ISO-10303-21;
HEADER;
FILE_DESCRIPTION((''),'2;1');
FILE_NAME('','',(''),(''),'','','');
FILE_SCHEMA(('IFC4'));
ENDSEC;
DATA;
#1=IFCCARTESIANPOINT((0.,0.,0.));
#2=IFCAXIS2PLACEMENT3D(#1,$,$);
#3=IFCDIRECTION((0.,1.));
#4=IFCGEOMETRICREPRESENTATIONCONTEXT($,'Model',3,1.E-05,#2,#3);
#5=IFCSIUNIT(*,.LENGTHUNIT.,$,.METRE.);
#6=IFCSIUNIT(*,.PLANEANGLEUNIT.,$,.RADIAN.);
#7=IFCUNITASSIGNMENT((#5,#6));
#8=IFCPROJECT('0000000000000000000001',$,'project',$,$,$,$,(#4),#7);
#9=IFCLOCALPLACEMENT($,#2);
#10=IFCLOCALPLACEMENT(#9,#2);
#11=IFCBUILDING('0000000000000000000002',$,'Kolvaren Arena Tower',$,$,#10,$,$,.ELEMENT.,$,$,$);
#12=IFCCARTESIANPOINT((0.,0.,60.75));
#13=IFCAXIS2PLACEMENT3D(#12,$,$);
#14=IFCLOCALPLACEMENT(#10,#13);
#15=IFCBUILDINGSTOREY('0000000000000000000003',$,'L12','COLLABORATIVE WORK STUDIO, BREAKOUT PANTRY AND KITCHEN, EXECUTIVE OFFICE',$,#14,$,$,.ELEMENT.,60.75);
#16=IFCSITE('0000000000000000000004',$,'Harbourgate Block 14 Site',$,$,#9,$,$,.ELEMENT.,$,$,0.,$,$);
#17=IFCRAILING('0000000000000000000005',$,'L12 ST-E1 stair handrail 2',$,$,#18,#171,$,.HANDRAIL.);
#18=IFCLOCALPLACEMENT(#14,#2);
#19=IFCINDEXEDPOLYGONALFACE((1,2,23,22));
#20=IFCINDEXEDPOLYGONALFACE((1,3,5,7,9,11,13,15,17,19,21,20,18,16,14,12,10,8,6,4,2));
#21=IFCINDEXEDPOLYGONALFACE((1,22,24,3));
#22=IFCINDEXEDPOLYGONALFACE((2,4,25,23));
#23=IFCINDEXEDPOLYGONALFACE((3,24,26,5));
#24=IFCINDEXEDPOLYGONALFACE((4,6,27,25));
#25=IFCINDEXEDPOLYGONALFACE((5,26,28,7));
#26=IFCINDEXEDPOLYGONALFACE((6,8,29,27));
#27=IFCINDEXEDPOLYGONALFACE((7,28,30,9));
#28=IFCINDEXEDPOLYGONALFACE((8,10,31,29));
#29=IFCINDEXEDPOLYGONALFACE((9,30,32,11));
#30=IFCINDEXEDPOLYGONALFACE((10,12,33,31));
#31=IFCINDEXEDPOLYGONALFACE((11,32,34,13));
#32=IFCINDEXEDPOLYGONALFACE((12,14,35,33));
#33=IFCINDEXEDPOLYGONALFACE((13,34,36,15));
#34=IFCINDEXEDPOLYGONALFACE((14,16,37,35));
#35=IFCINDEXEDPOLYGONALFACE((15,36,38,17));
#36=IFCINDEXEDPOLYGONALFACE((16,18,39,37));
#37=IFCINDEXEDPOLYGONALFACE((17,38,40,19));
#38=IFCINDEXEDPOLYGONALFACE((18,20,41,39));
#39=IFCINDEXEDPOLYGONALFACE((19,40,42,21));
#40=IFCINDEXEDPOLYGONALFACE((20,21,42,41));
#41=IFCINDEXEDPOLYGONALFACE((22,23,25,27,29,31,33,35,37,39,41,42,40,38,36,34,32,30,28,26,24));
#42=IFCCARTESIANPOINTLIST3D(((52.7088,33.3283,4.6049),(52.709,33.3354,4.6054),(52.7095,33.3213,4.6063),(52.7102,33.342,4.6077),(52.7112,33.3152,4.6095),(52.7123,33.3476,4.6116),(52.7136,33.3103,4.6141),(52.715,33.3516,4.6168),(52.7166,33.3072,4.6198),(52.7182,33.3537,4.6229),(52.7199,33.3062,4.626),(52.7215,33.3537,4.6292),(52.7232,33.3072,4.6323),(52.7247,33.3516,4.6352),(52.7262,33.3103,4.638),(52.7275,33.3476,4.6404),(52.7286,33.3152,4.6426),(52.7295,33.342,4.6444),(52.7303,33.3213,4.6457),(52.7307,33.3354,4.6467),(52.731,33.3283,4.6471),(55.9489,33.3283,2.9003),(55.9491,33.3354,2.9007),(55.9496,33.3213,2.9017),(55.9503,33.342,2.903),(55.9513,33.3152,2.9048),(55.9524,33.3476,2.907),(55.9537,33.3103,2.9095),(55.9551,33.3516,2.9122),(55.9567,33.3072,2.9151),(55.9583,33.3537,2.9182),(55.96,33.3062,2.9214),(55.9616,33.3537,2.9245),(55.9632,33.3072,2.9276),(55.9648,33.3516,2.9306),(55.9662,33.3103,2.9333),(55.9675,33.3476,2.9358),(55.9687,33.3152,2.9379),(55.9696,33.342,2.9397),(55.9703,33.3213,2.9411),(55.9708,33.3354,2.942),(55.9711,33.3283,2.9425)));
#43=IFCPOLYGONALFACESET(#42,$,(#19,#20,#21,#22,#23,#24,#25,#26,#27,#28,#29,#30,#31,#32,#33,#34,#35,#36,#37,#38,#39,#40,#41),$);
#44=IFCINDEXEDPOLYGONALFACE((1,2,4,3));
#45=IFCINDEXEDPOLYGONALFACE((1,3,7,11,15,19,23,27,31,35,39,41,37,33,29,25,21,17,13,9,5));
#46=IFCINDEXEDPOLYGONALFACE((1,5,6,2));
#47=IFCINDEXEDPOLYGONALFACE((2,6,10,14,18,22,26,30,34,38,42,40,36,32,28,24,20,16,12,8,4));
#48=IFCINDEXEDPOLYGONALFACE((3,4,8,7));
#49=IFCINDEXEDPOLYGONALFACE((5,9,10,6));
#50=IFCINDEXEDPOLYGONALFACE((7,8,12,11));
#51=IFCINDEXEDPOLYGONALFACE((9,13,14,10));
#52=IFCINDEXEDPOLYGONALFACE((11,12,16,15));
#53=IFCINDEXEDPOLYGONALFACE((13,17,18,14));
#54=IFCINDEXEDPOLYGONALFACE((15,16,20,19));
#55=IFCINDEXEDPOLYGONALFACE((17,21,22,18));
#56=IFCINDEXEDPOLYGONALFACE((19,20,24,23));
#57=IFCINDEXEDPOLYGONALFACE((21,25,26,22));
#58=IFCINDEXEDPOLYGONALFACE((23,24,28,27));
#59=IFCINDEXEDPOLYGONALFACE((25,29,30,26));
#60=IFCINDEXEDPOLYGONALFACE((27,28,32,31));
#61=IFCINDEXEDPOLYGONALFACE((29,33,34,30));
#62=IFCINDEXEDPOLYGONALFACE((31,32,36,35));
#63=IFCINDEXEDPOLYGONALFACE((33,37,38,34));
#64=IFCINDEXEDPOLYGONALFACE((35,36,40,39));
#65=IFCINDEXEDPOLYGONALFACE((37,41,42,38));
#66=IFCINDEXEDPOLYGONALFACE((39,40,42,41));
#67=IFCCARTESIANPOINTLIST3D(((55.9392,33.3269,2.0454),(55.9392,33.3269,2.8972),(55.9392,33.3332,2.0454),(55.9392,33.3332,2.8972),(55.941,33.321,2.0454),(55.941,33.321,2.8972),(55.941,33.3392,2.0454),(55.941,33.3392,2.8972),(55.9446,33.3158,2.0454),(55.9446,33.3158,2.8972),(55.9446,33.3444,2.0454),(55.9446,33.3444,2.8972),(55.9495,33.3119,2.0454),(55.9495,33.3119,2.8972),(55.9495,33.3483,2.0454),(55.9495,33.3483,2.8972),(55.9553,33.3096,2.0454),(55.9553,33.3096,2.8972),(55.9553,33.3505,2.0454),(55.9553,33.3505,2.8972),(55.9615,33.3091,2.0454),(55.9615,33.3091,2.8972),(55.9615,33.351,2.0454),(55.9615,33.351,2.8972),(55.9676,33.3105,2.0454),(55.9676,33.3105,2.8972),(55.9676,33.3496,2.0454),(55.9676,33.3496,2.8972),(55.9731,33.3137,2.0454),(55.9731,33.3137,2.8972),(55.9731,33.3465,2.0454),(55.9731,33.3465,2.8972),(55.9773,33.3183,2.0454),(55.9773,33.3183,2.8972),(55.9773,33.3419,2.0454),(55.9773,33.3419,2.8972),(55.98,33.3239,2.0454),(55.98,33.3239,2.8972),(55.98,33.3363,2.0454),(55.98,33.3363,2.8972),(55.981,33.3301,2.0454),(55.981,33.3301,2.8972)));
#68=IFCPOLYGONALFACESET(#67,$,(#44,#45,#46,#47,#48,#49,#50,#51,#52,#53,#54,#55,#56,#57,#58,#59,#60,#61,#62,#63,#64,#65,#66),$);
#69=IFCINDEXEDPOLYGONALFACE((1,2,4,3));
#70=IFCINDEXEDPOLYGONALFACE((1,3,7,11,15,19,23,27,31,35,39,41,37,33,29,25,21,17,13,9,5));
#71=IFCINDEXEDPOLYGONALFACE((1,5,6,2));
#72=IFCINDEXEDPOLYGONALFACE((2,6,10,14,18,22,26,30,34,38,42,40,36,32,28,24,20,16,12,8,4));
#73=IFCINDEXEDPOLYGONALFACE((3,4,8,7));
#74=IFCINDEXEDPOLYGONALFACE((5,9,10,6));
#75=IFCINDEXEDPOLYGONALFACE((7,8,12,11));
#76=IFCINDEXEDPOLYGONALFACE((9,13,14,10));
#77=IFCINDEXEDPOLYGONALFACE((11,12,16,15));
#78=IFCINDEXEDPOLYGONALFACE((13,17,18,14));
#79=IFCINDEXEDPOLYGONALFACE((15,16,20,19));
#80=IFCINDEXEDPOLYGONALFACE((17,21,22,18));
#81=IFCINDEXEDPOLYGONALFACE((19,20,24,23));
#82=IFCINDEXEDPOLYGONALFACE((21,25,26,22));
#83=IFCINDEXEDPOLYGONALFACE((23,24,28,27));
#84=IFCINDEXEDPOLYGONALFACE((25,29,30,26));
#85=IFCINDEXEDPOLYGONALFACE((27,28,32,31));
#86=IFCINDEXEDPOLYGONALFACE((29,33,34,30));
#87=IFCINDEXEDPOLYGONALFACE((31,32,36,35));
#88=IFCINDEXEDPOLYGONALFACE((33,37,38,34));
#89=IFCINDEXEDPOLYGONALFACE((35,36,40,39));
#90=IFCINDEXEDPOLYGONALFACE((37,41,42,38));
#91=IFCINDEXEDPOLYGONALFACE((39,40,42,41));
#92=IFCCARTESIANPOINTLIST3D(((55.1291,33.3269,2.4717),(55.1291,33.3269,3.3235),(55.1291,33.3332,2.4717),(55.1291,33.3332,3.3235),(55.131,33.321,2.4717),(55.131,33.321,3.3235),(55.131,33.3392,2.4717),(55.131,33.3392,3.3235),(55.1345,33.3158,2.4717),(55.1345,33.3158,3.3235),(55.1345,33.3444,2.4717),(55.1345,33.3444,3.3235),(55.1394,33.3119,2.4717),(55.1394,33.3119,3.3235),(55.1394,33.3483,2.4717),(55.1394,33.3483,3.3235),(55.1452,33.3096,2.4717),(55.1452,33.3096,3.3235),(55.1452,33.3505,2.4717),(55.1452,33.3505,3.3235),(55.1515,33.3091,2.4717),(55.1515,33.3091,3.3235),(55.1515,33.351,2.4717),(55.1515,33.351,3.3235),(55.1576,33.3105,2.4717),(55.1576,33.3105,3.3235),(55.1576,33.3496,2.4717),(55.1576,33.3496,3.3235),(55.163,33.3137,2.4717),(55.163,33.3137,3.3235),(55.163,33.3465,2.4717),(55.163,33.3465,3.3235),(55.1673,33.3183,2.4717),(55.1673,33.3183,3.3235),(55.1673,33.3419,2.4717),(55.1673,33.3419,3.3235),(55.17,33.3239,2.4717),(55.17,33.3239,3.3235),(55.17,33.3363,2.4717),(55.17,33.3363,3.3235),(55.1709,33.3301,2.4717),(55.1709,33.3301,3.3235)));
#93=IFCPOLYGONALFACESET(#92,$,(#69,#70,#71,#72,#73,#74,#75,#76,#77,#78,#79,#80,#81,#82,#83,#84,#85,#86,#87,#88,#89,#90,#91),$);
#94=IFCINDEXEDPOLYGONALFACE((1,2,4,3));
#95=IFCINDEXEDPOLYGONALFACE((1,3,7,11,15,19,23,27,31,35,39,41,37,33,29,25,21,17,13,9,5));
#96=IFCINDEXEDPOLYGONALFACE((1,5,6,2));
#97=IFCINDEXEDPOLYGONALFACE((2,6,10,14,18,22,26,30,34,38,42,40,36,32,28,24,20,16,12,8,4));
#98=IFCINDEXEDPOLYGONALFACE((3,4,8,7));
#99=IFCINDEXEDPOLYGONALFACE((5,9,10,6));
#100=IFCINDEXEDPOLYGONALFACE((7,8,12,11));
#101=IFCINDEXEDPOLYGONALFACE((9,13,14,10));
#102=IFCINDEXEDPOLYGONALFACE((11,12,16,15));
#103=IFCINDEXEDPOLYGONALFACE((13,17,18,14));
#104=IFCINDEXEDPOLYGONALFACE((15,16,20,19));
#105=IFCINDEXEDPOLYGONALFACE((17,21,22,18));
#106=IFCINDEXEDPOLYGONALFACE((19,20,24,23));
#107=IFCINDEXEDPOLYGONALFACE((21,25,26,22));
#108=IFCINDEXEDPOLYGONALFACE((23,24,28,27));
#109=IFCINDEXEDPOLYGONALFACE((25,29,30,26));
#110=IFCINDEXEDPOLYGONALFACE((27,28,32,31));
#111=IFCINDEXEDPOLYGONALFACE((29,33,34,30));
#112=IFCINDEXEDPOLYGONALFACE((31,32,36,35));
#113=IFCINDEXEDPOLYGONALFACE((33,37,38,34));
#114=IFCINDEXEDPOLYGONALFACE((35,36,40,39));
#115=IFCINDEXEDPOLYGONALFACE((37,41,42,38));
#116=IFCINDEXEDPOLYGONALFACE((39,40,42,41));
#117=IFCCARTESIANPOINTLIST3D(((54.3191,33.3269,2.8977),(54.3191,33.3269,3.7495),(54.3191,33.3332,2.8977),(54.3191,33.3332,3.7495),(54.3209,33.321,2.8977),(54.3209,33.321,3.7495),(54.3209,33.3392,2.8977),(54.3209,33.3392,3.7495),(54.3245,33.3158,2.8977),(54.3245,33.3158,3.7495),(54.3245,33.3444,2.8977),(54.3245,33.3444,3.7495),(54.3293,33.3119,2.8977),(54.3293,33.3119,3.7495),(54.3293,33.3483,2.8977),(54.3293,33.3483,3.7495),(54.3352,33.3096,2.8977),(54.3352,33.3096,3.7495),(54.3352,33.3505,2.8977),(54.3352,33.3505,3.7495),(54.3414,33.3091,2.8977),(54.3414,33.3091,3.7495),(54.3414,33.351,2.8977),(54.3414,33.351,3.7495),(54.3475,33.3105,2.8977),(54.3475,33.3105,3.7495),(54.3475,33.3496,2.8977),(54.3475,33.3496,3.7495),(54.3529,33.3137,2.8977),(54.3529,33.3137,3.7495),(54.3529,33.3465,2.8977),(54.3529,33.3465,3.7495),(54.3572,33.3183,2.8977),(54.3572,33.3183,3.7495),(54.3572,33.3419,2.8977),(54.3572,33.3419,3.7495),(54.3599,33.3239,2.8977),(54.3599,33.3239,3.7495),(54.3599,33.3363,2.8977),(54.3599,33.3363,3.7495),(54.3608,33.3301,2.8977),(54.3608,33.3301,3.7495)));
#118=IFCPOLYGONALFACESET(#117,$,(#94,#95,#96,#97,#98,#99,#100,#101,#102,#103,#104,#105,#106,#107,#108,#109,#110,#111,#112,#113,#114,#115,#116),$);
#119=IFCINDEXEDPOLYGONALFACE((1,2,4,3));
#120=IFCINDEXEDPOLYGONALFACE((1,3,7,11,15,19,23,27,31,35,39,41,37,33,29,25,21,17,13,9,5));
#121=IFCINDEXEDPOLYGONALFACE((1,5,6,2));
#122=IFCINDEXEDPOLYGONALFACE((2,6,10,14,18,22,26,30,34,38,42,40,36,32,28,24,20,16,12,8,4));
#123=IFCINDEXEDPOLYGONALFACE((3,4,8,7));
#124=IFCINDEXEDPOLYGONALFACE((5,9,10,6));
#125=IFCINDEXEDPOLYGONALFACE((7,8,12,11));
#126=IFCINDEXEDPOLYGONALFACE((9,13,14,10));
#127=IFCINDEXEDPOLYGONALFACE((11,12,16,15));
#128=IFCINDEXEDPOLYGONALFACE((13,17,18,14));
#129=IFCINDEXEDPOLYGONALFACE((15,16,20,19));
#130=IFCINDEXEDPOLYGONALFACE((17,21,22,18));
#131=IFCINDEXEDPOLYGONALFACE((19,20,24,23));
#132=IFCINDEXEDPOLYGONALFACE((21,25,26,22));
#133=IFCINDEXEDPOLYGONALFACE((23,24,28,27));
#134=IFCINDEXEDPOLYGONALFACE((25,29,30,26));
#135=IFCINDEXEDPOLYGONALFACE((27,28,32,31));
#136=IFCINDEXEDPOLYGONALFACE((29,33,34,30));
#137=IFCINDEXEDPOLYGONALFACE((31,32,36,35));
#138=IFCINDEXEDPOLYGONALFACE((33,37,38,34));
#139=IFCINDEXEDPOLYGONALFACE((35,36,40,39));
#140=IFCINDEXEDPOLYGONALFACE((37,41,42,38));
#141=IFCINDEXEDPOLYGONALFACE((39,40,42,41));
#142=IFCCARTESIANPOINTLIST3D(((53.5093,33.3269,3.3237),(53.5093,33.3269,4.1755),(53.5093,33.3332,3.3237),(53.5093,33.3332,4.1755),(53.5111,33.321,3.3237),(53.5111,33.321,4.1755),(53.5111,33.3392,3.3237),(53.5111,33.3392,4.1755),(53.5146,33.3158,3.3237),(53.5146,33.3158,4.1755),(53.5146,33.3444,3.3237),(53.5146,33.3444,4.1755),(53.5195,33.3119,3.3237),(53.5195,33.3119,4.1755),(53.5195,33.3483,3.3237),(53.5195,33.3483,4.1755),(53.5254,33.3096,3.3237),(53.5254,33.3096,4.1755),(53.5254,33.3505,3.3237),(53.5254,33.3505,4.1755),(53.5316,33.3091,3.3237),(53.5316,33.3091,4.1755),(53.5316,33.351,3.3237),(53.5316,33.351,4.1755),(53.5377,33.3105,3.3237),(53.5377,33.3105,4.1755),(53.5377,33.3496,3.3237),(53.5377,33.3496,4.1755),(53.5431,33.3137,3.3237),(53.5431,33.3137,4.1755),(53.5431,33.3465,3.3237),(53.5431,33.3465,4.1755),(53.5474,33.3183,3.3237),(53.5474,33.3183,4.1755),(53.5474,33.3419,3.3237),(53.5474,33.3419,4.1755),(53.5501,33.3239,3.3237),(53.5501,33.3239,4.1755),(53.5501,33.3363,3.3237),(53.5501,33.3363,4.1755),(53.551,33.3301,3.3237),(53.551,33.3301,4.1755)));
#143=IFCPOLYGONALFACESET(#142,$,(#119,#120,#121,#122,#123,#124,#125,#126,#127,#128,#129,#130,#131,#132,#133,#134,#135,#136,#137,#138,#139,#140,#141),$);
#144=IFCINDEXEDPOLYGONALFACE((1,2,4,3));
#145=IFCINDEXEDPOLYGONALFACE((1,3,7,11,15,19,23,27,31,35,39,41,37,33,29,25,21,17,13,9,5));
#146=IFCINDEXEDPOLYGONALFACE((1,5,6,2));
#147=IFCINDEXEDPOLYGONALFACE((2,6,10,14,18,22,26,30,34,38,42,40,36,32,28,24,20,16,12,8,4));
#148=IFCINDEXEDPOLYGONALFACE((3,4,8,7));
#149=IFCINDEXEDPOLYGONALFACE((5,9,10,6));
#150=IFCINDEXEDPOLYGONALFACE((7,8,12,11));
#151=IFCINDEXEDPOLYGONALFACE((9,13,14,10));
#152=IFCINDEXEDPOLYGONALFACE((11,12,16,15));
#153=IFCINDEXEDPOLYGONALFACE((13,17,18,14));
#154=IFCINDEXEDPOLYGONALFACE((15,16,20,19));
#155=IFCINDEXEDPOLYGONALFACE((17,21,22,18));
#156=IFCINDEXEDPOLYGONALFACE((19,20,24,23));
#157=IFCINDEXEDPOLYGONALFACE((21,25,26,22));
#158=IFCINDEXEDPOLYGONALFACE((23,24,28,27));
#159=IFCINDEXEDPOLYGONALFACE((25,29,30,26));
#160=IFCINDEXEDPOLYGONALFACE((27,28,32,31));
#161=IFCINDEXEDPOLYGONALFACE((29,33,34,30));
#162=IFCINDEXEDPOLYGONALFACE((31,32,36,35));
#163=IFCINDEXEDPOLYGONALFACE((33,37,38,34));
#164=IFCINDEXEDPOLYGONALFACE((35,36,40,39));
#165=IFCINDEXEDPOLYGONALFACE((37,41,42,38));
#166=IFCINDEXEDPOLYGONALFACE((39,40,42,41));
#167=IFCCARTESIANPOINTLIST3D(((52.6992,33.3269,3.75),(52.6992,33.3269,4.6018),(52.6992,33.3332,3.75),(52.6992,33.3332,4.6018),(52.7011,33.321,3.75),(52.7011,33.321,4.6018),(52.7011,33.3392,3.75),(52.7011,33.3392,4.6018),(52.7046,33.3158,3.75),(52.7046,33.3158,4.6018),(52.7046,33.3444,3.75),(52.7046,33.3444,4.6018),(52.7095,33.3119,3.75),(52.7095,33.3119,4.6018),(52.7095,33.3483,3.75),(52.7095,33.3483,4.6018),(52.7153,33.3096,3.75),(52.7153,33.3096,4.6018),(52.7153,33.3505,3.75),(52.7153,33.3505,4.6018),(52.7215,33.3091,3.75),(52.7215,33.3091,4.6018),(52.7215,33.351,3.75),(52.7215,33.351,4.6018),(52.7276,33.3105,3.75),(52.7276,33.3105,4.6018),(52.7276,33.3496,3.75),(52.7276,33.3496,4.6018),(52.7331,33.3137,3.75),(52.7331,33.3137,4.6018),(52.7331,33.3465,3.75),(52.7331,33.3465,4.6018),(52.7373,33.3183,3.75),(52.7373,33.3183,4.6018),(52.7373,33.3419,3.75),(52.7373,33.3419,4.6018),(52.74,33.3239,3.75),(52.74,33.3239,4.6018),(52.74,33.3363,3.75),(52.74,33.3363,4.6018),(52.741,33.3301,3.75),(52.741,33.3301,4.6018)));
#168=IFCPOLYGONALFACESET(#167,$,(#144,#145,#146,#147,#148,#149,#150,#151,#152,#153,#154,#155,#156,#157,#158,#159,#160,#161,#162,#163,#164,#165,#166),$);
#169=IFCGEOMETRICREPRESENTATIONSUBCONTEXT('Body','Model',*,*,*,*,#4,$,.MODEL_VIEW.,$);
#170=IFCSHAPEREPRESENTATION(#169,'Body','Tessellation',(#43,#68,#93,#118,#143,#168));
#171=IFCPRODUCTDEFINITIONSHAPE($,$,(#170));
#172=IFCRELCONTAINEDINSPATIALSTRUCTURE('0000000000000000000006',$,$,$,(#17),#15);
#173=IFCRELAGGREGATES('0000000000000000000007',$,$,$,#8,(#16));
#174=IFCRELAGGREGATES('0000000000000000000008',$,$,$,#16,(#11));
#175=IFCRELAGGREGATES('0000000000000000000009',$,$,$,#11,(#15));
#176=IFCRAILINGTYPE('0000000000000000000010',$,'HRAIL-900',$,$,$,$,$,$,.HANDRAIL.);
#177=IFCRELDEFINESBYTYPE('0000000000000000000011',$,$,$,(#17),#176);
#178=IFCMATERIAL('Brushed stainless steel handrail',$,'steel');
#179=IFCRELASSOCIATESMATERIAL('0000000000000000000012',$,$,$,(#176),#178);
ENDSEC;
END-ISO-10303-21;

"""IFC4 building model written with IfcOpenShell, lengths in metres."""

from ifc_helpers import new_model, si_unit, direction, frame, origin, origin_2d, place, context, subcontext, project, spatial, circle, extrude, material, type_object, element, save


model = new_model("IFC4")

# Units and contexts
model_context = context("Model", 3, precision=1e-05, world=origin(), true_north=direction((0.0, 1.0)))
body_context = subcontext(model_context, "Body", "Model", "MODEL_VIEW")
ifc_project = project(units=[si_unit("LENGTHUNIT", "METRE"), si_unit("PLANEANGLEUNIT", "RADIAN")], contexts=[model_context])

# Site, building, storey
site_placement = place(None, origin())
site = spatial("IfcSite", under=ifc_project, at=site_placement, Name="Harbourgate Block 14 Site", CompositionType="ELEMENT", RefElevation=0.0)
building_placement = place(site_placement, origin())
building = spatial("IfcBuilding", under=site, at=building_placement, Name="Kolvaren Arena Tower", CompositionType="ELEMENT")
storey_placement = place(building_placement, frame((0.0, 0.0, 60.75)))
storey = spatial("IfcBuildingStorey", under=building, at=storey_placement, Name="L12", Description="COLLABORATIVE WORK STUDIO, BREAKOUT PANTRY AND KITCHEN, EXECUTIVE OFFICE", CompositionType="ELEMENT", Elevation=60.75)

# Railing
ifc_material_1 = material(Name="Brushed stainless steel handrail", Category="steel")
railing_type_1 = type_object("IfcRailingType", Name="HRAIL-900", PredefinedType="HANDRAIL", material=ifc_material_1)
railing_1_placement = place(storey_placement, frame((55.96, 33.3301, 2.0454)))
element("IfcRailing", 1, at=railing_1_placement, inside=storey, type_object=railing_type_1, Name="L12 ST-E1 stair handrail 2", PredefinedType="HANDRAIL", context=body_context, shape_type="SweptSolid", body=[
    extrude(circle(Radius=0.0239, at=origin_2d()), frame((0.0, 0.0, 0.876), z_axis=(-0.884993, 0.0, 0.465604), x_axis=(0.0, -1.0, 0.0)), (0.0, 0.0, 1.0), 3.6611),
    extrude(circle(Radius=0.021, at=origin_2d()), origin(), (0.0, 0.0, 1.0), 0.8518),
    extrude(circle(Radius=0.021, at=origin_2d()), frame((-0.8101, 0.0, 0.4263)), (0.0, 0.0, 1.0), 0.8518),
    extrude(circle(Radius=0.021, at=origin_2d()), frame((-1.6201, 0.0, 0.8523)), (0.0, 0.0, 1.0), 0.8518),
    extrude(circle(Radius=0.021, at=origin_2d()), frame((-2.4299, 0.0, 1.2783)), (0.0, 0.0, 1.0), 0.8518),
    extrude(circle(Radius=0.021, at=origin_2d()), frame((-3.24, 0.0, 1.7046)), (0.0, 0.0, 1.0), 0.8518),
])

save(model, "model.ifc")
